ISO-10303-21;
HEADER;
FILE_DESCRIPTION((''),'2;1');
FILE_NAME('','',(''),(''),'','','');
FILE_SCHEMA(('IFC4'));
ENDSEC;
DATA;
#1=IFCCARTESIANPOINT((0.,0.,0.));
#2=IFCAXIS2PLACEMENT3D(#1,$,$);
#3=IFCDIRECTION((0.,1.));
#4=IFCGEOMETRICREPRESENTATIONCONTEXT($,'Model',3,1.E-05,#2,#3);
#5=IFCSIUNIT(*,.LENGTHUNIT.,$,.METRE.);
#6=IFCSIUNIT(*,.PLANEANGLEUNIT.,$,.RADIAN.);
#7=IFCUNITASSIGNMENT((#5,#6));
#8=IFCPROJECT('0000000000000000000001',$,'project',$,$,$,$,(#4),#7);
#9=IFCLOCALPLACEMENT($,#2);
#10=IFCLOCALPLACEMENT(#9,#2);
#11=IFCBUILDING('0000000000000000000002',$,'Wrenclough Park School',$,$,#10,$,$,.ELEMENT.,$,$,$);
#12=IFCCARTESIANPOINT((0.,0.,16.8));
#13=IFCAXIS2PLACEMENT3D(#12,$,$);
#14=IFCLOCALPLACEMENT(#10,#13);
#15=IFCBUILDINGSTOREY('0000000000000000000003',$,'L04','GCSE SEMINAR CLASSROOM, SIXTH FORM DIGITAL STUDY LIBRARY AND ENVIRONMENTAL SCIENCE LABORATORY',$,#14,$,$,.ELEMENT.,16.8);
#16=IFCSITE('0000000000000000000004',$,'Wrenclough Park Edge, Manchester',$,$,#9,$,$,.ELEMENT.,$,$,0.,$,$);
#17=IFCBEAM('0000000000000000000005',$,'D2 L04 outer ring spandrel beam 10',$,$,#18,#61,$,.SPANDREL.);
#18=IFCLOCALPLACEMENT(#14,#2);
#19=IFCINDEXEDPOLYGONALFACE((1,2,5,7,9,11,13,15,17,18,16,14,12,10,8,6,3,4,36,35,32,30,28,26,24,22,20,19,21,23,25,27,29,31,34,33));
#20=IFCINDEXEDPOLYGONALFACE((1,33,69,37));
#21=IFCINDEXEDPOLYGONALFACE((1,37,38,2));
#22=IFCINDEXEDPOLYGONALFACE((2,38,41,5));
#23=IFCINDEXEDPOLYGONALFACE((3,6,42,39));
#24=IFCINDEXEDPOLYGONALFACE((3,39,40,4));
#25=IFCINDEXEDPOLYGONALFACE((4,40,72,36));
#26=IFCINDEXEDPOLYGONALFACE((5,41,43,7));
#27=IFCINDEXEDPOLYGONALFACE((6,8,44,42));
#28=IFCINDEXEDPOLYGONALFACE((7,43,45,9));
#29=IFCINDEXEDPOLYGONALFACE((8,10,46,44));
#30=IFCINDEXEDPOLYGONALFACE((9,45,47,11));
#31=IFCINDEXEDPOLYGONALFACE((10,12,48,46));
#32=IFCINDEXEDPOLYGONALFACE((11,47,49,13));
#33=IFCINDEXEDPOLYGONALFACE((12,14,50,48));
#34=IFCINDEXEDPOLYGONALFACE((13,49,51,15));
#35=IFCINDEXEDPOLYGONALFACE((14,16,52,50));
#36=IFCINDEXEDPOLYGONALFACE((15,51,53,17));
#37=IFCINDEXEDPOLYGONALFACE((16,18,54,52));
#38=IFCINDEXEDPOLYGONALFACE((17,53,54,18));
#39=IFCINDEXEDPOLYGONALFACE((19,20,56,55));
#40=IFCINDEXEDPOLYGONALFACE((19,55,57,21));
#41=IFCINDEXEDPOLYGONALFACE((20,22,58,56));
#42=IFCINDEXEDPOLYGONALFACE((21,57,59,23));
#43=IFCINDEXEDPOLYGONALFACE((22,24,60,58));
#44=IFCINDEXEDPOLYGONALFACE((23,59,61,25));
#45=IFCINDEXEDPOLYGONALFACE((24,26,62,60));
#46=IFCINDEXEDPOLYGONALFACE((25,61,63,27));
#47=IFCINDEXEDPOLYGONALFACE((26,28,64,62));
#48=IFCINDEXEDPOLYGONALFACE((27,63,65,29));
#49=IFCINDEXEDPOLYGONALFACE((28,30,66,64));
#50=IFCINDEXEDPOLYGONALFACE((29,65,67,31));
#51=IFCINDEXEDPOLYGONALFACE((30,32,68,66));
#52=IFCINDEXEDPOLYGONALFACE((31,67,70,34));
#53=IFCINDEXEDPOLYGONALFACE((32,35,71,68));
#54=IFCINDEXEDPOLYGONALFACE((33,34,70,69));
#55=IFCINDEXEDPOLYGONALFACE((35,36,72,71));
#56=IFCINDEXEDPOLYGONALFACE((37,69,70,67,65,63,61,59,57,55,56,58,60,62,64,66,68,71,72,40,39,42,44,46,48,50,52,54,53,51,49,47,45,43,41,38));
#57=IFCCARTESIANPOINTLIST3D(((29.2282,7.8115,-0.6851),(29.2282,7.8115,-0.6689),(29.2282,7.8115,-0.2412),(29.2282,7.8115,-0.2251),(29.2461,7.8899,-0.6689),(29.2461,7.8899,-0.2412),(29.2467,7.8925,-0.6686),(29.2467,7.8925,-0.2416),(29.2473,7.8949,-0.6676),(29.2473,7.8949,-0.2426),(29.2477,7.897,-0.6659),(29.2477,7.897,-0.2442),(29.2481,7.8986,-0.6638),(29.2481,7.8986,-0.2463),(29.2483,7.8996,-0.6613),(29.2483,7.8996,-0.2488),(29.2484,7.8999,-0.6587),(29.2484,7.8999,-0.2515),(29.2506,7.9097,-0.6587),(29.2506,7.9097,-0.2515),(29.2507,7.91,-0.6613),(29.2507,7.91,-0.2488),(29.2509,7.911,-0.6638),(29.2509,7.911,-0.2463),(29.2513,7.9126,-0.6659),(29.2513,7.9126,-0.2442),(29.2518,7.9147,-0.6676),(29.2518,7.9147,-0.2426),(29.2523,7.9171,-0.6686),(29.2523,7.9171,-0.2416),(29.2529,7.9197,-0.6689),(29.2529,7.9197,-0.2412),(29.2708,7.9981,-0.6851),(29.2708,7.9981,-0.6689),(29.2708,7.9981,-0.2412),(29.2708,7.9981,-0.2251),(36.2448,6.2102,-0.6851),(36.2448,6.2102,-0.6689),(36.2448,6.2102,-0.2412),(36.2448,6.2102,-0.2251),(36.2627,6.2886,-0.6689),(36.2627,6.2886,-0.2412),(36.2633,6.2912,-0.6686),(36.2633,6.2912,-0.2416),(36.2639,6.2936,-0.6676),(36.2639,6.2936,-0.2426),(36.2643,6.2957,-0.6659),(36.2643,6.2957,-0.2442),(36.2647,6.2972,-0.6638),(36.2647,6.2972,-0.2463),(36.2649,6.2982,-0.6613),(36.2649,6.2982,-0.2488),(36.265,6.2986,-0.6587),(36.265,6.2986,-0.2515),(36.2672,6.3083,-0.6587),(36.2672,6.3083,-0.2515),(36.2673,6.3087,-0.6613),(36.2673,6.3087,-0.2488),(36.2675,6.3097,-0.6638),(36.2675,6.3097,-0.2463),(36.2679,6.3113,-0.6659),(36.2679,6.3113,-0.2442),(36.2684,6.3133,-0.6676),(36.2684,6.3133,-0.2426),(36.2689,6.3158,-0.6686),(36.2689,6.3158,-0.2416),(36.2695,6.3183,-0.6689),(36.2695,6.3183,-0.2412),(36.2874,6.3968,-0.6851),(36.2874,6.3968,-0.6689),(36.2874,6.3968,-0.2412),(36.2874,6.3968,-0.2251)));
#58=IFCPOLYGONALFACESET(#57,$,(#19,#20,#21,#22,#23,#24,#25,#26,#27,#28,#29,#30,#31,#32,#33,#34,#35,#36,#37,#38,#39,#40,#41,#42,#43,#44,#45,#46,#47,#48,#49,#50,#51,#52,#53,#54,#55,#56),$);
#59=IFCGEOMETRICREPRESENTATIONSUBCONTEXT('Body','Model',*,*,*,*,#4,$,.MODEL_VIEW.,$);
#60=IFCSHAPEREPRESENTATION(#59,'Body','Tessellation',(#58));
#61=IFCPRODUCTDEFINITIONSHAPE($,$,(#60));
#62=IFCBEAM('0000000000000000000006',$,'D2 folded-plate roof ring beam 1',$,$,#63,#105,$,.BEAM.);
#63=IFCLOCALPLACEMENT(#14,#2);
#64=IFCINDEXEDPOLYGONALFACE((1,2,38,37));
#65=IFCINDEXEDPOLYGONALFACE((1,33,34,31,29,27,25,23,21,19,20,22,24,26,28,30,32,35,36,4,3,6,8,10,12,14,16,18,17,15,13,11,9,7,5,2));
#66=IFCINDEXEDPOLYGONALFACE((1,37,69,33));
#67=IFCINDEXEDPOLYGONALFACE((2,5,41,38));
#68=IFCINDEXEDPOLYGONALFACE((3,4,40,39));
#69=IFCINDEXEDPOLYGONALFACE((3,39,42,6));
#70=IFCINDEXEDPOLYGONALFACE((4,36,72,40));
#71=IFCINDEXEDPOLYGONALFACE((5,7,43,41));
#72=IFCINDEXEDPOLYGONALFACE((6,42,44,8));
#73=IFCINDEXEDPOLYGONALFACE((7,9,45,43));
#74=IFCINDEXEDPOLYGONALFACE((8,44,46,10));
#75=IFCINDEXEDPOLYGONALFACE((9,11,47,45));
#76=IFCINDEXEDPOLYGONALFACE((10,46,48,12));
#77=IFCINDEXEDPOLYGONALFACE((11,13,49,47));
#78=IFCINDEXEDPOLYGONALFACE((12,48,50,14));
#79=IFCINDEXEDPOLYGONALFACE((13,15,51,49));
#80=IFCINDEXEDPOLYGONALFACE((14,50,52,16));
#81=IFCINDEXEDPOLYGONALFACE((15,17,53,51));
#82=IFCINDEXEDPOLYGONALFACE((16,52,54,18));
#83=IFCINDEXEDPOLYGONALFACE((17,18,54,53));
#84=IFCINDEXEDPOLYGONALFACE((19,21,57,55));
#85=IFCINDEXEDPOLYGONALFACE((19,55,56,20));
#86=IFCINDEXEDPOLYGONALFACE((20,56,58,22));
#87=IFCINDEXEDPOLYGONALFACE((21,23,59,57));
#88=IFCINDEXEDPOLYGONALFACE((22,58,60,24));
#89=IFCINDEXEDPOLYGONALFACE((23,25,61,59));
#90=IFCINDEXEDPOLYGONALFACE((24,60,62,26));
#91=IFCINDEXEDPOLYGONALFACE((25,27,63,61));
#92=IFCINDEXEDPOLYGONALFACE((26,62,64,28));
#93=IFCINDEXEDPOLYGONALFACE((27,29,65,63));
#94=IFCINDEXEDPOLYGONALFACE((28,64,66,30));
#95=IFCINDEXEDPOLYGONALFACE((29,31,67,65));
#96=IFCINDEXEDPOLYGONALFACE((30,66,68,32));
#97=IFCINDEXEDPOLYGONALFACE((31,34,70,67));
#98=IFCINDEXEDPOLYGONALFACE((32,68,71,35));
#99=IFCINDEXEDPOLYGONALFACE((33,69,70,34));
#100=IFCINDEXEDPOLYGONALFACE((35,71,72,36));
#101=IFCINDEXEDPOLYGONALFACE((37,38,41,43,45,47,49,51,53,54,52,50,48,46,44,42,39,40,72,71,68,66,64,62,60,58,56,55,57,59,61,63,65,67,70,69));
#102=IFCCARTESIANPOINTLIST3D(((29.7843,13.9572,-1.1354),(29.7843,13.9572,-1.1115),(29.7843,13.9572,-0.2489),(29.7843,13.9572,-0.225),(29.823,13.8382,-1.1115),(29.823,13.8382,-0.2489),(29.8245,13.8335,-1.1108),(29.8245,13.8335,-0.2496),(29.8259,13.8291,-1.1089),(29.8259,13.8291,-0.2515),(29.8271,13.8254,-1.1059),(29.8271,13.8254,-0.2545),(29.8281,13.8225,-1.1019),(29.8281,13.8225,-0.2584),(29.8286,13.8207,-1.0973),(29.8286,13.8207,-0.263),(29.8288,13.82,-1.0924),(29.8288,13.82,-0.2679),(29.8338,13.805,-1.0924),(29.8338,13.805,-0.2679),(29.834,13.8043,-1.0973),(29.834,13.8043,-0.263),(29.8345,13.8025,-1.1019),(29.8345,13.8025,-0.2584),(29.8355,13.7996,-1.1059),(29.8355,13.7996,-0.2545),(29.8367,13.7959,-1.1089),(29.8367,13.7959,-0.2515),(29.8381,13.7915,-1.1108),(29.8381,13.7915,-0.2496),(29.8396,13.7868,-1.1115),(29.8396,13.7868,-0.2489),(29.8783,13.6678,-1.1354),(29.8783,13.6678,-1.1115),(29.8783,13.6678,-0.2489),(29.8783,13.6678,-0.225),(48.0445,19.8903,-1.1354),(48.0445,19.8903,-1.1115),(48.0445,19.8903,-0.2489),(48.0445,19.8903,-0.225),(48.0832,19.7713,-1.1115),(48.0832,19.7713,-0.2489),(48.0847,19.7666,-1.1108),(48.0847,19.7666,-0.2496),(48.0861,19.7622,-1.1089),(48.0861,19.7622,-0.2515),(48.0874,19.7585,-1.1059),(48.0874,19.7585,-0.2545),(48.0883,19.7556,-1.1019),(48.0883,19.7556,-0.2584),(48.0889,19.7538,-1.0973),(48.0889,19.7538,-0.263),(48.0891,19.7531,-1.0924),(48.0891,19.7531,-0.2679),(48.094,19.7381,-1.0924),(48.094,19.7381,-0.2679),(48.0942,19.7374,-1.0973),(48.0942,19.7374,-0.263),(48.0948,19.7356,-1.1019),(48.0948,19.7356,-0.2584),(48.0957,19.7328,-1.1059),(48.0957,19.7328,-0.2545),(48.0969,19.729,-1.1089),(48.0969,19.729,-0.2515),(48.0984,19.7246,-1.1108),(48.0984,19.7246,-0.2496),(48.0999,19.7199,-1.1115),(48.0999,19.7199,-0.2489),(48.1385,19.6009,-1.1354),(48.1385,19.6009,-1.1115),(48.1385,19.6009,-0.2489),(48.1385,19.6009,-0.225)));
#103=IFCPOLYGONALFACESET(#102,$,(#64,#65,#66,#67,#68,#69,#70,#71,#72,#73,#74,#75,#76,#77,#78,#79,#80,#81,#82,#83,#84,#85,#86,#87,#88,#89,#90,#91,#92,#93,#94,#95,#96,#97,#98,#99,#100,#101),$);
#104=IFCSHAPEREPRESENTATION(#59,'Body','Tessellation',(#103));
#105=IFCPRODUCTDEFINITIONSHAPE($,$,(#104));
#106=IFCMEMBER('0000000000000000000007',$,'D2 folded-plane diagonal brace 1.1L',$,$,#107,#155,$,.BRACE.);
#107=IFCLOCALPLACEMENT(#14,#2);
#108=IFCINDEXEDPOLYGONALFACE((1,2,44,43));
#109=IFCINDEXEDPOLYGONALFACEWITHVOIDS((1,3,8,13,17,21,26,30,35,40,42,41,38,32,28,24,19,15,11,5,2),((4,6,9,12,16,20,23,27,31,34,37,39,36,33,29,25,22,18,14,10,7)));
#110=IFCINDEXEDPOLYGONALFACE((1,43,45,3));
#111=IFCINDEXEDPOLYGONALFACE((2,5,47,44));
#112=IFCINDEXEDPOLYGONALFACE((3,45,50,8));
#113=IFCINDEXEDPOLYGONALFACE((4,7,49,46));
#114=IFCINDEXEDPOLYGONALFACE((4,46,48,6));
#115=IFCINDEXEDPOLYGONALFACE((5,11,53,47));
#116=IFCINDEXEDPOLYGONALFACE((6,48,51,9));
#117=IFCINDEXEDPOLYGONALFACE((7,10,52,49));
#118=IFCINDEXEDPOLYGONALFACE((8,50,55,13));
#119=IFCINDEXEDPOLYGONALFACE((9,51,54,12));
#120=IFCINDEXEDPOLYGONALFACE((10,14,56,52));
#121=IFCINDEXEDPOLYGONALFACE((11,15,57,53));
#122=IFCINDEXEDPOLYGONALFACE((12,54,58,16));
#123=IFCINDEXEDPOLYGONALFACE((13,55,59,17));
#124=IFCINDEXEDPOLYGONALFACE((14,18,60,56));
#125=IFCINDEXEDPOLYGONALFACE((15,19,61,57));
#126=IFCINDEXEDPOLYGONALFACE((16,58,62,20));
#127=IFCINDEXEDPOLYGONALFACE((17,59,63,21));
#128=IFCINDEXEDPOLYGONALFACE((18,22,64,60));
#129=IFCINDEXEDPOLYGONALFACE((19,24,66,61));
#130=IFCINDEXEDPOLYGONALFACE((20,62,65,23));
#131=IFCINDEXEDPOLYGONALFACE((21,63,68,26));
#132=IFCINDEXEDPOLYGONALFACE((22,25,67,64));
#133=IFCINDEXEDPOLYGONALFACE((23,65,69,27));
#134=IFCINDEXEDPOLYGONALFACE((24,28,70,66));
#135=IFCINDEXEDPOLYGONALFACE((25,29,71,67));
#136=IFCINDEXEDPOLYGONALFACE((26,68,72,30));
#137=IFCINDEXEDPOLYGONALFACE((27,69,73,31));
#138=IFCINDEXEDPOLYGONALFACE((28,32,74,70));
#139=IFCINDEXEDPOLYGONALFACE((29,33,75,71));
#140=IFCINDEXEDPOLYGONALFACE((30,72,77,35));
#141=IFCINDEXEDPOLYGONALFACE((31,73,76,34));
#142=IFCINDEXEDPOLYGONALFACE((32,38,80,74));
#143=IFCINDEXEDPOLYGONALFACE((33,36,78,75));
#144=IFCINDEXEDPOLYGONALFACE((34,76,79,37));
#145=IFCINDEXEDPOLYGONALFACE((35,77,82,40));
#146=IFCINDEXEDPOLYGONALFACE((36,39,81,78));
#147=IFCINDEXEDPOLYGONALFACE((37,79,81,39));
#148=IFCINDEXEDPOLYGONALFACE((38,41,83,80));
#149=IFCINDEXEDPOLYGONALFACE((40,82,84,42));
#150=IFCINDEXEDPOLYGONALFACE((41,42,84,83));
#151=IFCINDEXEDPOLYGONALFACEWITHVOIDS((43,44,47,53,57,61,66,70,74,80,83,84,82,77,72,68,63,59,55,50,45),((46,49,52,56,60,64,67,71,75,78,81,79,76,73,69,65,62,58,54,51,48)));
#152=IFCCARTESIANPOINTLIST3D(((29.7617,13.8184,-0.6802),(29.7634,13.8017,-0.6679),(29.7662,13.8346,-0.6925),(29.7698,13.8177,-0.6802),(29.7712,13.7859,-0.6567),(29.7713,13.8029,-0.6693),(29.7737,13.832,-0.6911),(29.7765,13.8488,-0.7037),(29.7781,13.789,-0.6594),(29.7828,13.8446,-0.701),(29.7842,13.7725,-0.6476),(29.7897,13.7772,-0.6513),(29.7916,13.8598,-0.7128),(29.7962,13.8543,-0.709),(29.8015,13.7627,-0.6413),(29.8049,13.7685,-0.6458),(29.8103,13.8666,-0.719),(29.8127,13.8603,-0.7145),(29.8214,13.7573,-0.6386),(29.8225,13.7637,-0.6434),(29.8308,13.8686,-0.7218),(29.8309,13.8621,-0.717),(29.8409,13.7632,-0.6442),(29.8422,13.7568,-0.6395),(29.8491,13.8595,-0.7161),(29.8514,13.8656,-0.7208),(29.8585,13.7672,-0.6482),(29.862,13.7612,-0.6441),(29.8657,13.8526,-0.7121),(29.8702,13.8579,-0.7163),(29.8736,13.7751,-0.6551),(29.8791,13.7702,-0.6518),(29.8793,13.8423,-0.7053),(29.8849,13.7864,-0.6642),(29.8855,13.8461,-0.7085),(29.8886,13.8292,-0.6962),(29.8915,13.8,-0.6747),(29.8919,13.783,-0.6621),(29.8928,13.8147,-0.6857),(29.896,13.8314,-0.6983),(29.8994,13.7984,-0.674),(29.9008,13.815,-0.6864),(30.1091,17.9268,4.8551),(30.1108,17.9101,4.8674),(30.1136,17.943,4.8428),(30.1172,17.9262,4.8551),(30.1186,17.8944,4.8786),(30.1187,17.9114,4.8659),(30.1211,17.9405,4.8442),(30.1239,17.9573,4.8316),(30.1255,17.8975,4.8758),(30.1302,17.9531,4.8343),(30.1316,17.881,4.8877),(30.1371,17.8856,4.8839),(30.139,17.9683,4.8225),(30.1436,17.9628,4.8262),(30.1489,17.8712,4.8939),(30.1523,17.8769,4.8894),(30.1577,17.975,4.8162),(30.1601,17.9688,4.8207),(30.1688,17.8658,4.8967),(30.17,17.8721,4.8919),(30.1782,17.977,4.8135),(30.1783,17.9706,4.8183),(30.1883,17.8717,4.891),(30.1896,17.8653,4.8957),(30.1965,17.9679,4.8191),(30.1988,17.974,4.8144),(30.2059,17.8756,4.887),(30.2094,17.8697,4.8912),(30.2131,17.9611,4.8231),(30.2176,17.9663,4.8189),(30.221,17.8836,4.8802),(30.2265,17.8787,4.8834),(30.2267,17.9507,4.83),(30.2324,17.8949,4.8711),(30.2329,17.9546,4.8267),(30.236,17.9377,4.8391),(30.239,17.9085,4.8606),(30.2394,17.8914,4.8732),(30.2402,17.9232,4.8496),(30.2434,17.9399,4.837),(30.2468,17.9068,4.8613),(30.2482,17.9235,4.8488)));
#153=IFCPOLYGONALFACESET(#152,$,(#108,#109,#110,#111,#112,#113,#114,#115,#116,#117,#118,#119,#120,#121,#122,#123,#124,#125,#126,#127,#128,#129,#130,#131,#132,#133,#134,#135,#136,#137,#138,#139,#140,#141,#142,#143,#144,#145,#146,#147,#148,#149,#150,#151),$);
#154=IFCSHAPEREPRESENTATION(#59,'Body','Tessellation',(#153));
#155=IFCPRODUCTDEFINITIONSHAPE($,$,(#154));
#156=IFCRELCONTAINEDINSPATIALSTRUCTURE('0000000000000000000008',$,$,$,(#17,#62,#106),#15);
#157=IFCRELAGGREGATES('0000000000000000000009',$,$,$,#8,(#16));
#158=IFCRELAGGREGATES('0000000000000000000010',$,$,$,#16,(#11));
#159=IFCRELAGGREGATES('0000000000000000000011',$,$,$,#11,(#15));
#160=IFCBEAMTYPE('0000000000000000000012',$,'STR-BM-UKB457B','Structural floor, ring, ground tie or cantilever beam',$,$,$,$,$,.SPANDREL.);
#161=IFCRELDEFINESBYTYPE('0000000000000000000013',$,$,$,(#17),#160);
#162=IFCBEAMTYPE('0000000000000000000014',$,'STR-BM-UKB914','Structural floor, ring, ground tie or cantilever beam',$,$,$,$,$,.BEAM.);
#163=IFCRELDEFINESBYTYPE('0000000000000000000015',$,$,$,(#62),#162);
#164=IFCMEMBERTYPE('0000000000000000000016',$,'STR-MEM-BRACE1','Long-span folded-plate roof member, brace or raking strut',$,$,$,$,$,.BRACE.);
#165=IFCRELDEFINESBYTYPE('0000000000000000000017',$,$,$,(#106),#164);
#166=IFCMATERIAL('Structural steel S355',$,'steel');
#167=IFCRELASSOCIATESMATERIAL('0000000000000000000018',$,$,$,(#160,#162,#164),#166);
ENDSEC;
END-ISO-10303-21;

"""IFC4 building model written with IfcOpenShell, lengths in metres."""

from ifc_helpers import new_model, si_unit, direction, frame, origin, origin_2d, place, context, subcontext, project, spatial, hollow_circle, i_section, extrude, material, material_profile, profile_set, type_object, element, save


model = new_model("IFC4")

# Units and contexts
model_context = context("Model", 3, precision=1e-05, world=origin(), true_north=direction((0.0, 1.0)))
body_context = subcontext(model_context, "Body", "Model", "MODEL_VIEW")
ifc_project = project(units=[si_unit("LENGTHUNIT", "METRE"), si_unit("PLANEANGLEUNIT", "RADIAN")], contexts=[model_context])

# Site, building, storey
site_placement = place(None, origin())
site = spatial("IfcSite", under=ifc_project, at=site_placement, Name="Wrenclough Park Edge, Manchester", CompositionType="ELEMENT", RefElevation=0.0)
building_placement = place(site_placement, origin())
building = spatial("IfcBuilding", under=site, at=building_placement, Name="Wrenclough Park School", CompositionType="ELEMENT")
storey_placement = place(building_placement, frame((0.0, 0.0, 16.8)))
storey = spatial("IfcBuildingStorey", under=building, at=storey_placement, Name="L04", Description="GCSE SEMINAR CLASSROOM, SIXTH FORM DIGITAL STUDY LIBRARY AND ENVIRONMENTAL SCIENCE LABORATORY", CompositionType="ELEMENT", Elevation=16.8)

# Beams
ifc_material_1 = material(Name="Structural steel S355", Category="steel")
ifc_material_profile_1 = material_profile(ifc_material_1, i_section(OverallWidth=0.1914, OverallDepth=0.46, WebThickness=0.01, FlangeThickness=0.0161, FilletRadius=0.0103, at=origin_2d()), Name="UKB 457x191x82")
ifc_profile_set_1 = profile_set([ifc_material_profile_1], Name="Structural steel S355")
beam_type_1 = type_object("IfcBeamType", Name="STR-BM-UKB457B", Description="Structural floor, ring, ground tie or cantilever beam", PredefinedType="SPANDREL", material=ifc_profile_set_1)
beam_1_placement = place(storey_placement, frame((29.2495, 7.9048, -0.4551), z_axis=(0.974933, -0.222498, 0.0), x_axis=(0.222498, 0.974933, 0.0)))
element("IfcBeam", 1, at=beam_1_placement, inside=storey, type_object=beam_type_1, Name="D2 L04 outer ring spandrel beam 10", PredefinedType="SPANDREL", context=body_context, shape_type="SweptSolid", body=[
    extrude(i_section(OverallWidth=0.1914, OverallDepth=0.46, WebThickness=0.01, FlangeThickness=0.0161, FilletRadius=0.0103, at=origin_2d()), origin(), (0.0, 0.0, 1.0), 7.197),
])
ifc_material_profile_2 = material_profile(ifc_material_1, i_section(OverallWidth=0.3042, OverallDepth=0.9104, WebThickness=0.0159, FlangeThickness=0.0239, FilletRadius=0.019, at=origin_2d()), Name="UKB 914x305x224")
ifc_profile_set_2 = profile_set([ifc_material_profile_2], Name="Structural steel S355")
beam_type_2 = type_object("IfcBeamType", Name="STR-BM-UKB914", Description="Structural floor, ring, ground tie or cantilever beam", PredefinedType="BEAM", material=ifc_profile_set_2)
beam_2_placement = place(storey_placement, frame((29.8313, 13.8125, -0.6802), z_axis=(0.951057, 0.309016, 0.0), x_axis=(-0.309016, 0.951057, 0.0)))
element("IfcBeam", 2, at=beam_2_placement, inside=storey, type_object=beam_type_2, Name="D2 folded-plate roof ring beam 1", PredefinedType="BEAM", context=body_context, shape_type="SweptSolid", body=[
    extrude(i_section(OverallWidth=0.3042, OverallDepth=0.9104, WebThickness=0.0159, FlangeThickness=0.0239, FilletRadius=0.019, at=origin_2d()), origin(), (0.0, 0.0, 1.0), 19.2),
])

# Member
ifc_material_profile_3 = material_profile(ifc_material_1, hollow_circle(Radius=0.0698, WallThickness=0.0081, at=origin_2d()), Name="CHS 139.7x8.0")
ifc_profile_set_3 = profile_set([ifc_material_profile_3], Name="Structural steel S355")
member_type_1 = type_object("IfcMemberType", Name="STR-MEM-BRACE1", Description="Long-span folded-plate roof member, brace or raking strut", PredefinedType="BRACE", material=ifc_profile_set_3)
for number, where, z_axis, x_axis, name in (
    (3, (29.8313, 13.8125, -0.6802), (0.050335, 0.595248, 0.801964), (-0.996444, 0.084261, 0.0), "D2 folded-plane diagonal brace 1.1L"),
):
    element("IfcMember", number, at=place(storey_placement, frame(where, z_axis=z_axis, x_axis=x_axis)), inside=storey, type_object=member_type_1, Name=name, PredefinedType="BRACE", context=body_context, shape_type="SweptSolid", body=[
        extrude(hollow_circle(Radius=0.0698, WallThickness=0.0081, at=origin_2d()), origin(), (0.0, 0.0, 1.0), 6.9021),
    ])

save(model, "model.ifc")
